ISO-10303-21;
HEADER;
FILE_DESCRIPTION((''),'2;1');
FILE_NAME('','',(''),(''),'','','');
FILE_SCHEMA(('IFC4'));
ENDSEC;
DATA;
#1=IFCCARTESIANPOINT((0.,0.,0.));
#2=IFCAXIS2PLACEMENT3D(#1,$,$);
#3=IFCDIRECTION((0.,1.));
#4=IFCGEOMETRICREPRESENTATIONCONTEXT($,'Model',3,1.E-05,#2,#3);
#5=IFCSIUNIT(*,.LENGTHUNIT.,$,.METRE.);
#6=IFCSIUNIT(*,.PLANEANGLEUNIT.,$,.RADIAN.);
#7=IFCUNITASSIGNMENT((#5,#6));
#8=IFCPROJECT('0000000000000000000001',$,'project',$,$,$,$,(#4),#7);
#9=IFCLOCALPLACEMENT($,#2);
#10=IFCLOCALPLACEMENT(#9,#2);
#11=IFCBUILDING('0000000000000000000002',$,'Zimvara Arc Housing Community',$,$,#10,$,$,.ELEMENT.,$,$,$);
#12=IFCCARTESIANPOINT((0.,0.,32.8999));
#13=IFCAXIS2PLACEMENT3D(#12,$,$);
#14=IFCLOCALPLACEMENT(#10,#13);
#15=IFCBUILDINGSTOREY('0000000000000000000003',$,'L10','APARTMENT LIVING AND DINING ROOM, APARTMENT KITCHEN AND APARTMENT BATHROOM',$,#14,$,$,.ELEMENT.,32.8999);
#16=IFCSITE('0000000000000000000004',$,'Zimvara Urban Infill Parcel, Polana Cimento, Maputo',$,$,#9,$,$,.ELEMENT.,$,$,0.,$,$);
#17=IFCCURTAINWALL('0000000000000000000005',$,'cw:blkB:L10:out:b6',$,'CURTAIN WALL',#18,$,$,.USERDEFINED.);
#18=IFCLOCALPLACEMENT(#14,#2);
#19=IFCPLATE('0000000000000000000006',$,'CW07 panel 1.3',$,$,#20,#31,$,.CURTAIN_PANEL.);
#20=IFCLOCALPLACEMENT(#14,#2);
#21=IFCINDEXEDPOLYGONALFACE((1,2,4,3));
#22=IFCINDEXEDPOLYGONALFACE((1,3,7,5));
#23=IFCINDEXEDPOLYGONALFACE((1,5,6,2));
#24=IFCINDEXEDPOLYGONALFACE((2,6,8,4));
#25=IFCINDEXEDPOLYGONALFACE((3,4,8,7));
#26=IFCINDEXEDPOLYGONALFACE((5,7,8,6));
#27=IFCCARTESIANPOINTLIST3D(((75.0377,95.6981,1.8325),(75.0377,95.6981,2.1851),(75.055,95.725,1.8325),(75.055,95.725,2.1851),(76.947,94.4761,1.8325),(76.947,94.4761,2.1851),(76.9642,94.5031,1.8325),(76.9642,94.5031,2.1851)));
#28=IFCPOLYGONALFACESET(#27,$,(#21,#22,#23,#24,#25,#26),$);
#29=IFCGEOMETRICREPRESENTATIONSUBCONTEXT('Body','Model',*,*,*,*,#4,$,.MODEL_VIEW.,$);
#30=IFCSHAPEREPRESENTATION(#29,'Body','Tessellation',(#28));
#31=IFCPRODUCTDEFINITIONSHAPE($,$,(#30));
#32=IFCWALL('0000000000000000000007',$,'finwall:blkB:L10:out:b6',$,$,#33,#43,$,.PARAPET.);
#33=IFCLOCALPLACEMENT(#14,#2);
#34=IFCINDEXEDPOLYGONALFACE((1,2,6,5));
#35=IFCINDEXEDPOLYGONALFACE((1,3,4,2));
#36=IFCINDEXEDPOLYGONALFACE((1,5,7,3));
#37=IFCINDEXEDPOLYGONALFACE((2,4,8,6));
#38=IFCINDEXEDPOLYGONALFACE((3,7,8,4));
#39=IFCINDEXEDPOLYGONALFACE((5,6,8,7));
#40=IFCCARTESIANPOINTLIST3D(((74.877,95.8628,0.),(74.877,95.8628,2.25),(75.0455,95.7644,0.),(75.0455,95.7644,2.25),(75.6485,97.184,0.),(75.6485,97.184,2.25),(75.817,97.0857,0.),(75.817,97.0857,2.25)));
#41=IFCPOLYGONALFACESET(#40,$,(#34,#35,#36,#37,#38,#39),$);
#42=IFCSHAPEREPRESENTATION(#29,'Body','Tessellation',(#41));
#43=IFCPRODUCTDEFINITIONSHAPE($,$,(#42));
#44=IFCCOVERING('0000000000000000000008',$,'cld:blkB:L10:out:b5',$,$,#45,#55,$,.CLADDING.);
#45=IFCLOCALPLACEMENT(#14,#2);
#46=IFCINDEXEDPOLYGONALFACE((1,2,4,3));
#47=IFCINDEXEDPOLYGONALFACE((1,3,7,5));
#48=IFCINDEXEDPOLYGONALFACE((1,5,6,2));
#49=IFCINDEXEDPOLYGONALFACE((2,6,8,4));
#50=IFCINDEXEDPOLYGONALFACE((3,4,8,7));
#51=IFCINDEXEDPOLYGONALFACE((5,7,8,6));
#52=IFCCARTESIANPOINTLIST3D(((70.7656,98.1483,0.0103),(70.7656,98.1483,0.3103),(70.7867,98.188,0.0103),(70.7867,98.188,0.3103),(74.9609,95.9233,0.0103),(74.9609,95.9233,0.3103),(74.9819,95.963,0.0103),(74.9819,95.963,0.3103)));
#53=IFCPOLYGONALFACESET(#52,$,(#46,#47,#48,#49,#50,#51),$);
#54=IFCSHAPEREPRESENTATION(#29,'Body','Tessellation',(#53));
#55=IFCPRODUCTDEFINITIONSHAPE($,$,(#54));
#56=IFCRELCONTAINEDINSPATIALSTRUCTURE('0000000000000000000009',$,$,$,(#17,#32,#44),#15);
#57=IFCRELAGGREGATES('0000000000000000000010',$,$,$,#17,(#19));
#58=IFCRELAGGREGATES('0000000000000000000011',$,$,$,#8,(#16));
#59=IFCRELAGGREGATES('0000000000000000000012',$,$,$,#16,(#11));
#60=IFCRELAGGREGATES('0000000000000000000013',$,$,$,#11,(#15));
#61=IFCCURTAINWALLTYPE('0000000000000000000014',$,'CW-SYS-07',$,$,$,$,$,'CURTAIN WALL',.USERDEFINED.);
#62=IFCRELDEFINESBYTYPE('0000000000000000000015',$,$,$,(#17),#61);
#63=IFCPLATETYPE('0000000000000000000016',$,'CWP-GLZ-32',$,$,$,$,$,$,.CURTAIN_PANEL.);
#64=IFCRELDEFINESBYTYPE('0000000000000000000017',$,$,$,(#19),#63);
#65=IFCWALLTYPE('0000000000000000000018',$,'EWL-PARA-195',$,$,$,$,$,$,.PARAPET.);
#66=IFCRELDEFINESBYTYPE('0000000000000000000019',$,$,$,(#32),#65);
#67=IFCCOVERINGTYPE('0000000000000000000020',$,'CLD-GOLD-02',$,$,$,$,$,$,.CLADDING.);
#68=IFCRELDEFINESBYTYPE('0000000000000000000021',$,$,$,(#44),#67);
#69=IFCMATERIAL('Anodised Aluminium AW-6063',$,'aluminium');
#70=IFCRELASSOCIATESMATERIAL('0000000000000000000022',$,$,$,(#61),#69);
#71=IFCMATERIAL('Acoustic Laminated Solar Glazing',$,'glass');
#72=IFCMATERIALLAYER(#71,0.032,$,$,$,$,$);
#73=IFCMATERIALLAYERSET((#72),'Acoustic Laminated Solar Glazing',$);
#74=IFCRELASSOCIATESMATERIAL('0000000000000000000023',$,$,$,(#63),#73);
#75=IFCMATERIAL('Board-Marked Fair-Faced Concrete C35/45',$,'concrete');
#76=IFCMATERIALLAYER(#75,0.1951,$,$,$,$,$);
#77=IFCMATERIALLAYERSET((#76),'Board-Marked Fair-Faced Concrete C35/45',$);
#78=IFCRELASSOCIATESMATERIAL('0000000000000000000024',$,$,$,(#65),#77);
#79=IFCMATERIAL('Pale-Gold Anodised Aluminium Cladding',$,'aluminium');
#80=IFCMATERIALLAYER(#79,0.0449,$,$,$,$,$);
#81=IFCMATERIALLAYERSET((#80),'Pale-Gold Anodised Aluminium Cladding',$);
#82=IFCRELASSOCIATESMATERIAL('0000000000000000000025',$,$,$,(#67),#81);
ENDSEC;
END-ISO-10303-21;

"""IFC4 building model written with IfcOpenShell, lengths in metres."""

from ifc_helpers import new_model, si_unit, direction, frame, frame_2d, origin, origin_2d, place, context, subcontext, project, spatial, rectangle, extrude, material, layer, layer_set, type_object, element, aggregate, save


model = new_model("IFC4")

# Units and contexts
model_context = context("Model", 3, precision=1e-05, world=origin(), true_north=direction((0.0, 1.0)))
body_context = subcontext(model_context, "Body", "Model", "MODEL_VIEW")
ifc_project = project(units=[si_unit("LENGTHUNIT", "METRE"), si_unit("PLANEANGLEUNIT", "RADIAN")], contexts=[model_context])

# Site, building, storey
site_placement = place(None, origin())
site = spatial("IfcSite", under=ifc_project, at=site_placement, Name="Zimvara Urban Infill Parcel, Polana Cimento, Maputo", CompositionType="ELEMENT", RefElevation=0.0)
building_placement = place(site_placement, origin())
building = spatial("IfcBuilding", under=site, at=building_placement, Name="Zimvara Arc Housing Community", CompositionType="ELEMENT")
storey_placement = place(building_placement, frame((0.0, 0.0, 32.8999)))
storey = spatial("IfcBuildingStorey", under=building, at=storey_placement, Name="L10", Description="APARTMENT LIVING AND DINING ROOM, APARTMENT KITCHEN AND APARTMENT BATHROOM", CompositionType="ELEMENT", Elevation=32.8999)

# Curtain wall
ifc_material_1 = material(Name="Anodised Aluminium AW-6063", Category="aluminium")
curtain_wall_type_1 = type_object("IfcCurtainWallType", Name="CW-SYS-07", ElementType="CURTAIN WALL", PredefinedType="USERDEFINED", material=ifc_material_1)
curtain_wall_1_placement = place(storey_placement, origin())
curtain_wall_1 = element("IfcCurtainWall", 1, at=curtain_wall_1_placement, inside=storey, type_object=curtain_wall_type_1, Name="cw:blkB:L10:out:b6", ObjectType="CURTAIN WALL", PredefinedType="USERDEFINED")

# Plate
ifc_material_2 = material(Name="Acoustic Laminated Solar Glazing", Category="glass")
ifc_layer_1 = layer(ifc_material_2, 0.032)
ifc_layer_set_1 = layer_set([ifc_layer_1], Name="Acoustic Laminated Solar Glazing")
plate_type_1 = type_object("IfcPlateType", Name="CWP-GLZ-32", PredefinedType="CURTAIN_PANEL", material=ifc_layer_set_1)
plate_1_placement = place(storey_placement, frame((76.001, 95.1006, 1.8325), z_axis=(0.0, 0.0, 1.0), x_axis=(0.842264, -0.539065, 0.0)))
plate_1 = element("IfcPlate", 2, at=plate_1_placement, type_object=plate_type_1, Name="CW07 panel 1.3", PredefinedType="CURTAIN_PANEL", context=body_context, shape_type="SweptSolid", body=[
    extrude(rectangle(XDim=2.2668, YDim=0.032, at=origin_2d()), origin(), (0.0, 0.0, 1.0), 0.3525),
])
aggregate(curtain_wall_1, [plate_1])

# Wall
ifc_material_3 = material(Name="Board-Marked Fair-Faced Concrete C35/45", Category="concrete")
ifc_layer_2 = layer(ifc_material_3, 0.1951)
ifc_layer_set_2 = layer_set([ifc_layer_2], Name="Board-Marked Fair-Faced Concrete C35/45")
wall_type_1 = type_object("IfcWallType", Name="EWL-PARA-195", PredefinedType="PARAPET", material=ifc_layer_set_2)
wall_1_placement = place(storey_placement, frame((74.9612, 95.8135, 0.0), z_axis=(0.0, 0.0, 1.0), x_axis=(0.504228, 0.86357, 0.0)))
element("IfcWall", 3, at=wall_1_placement, inside=storey, type_object=wall_type_1, Name="finwall:blkB:L10:out:b6", PredefinedType="PARAPET", context=body_context, shape_type="SweptSolid", body=[
    extrude(rectangle(XDim=1.53, YDim=0.1951, at=frame_2d((0.7651, 0.0))), origin(), (0.0, 0.0, 1.0), 2.25),
])

# Covering
ifc_material_4 = material(Name="Pale-Gold Anodised Aluminium Cladding", Category="aluminium")
ifc_layer_3 = layer(ifc_material_4, 0.0449)
ifc_layer_set_3 = layer_set([ifc_layer_3], Name="Pale-Gold Anodised Aluminium Cladding")
covering_type = type_object("IfcCoveringType", Name="CLD-GOLD-02", PredefinedType="CLADDING", material=ifc_layer_set_3)
covering_placement = place(storey_placement, frame((72.8738, 97.0557, 0.0103), z_axis=(0.0, 0.0, 1.0), x_axis=(0.883439, -0.468547, 0.0)))
element("IfcCovering", 4, at=covering_placement, inside=storey, type_object=covering_type, Name="cld:blkB:L10:out:b5", PredefinedType="CLADDING", context=body_context, shape_type="SweptSolid", body=[
    extrude(rectangle(XDim=4.7488, YDim=0.0449, at=origin_2d()), origin(), (0.0, 0.0, 1.0), 0.3),
])

save(model, "model.ifc")
